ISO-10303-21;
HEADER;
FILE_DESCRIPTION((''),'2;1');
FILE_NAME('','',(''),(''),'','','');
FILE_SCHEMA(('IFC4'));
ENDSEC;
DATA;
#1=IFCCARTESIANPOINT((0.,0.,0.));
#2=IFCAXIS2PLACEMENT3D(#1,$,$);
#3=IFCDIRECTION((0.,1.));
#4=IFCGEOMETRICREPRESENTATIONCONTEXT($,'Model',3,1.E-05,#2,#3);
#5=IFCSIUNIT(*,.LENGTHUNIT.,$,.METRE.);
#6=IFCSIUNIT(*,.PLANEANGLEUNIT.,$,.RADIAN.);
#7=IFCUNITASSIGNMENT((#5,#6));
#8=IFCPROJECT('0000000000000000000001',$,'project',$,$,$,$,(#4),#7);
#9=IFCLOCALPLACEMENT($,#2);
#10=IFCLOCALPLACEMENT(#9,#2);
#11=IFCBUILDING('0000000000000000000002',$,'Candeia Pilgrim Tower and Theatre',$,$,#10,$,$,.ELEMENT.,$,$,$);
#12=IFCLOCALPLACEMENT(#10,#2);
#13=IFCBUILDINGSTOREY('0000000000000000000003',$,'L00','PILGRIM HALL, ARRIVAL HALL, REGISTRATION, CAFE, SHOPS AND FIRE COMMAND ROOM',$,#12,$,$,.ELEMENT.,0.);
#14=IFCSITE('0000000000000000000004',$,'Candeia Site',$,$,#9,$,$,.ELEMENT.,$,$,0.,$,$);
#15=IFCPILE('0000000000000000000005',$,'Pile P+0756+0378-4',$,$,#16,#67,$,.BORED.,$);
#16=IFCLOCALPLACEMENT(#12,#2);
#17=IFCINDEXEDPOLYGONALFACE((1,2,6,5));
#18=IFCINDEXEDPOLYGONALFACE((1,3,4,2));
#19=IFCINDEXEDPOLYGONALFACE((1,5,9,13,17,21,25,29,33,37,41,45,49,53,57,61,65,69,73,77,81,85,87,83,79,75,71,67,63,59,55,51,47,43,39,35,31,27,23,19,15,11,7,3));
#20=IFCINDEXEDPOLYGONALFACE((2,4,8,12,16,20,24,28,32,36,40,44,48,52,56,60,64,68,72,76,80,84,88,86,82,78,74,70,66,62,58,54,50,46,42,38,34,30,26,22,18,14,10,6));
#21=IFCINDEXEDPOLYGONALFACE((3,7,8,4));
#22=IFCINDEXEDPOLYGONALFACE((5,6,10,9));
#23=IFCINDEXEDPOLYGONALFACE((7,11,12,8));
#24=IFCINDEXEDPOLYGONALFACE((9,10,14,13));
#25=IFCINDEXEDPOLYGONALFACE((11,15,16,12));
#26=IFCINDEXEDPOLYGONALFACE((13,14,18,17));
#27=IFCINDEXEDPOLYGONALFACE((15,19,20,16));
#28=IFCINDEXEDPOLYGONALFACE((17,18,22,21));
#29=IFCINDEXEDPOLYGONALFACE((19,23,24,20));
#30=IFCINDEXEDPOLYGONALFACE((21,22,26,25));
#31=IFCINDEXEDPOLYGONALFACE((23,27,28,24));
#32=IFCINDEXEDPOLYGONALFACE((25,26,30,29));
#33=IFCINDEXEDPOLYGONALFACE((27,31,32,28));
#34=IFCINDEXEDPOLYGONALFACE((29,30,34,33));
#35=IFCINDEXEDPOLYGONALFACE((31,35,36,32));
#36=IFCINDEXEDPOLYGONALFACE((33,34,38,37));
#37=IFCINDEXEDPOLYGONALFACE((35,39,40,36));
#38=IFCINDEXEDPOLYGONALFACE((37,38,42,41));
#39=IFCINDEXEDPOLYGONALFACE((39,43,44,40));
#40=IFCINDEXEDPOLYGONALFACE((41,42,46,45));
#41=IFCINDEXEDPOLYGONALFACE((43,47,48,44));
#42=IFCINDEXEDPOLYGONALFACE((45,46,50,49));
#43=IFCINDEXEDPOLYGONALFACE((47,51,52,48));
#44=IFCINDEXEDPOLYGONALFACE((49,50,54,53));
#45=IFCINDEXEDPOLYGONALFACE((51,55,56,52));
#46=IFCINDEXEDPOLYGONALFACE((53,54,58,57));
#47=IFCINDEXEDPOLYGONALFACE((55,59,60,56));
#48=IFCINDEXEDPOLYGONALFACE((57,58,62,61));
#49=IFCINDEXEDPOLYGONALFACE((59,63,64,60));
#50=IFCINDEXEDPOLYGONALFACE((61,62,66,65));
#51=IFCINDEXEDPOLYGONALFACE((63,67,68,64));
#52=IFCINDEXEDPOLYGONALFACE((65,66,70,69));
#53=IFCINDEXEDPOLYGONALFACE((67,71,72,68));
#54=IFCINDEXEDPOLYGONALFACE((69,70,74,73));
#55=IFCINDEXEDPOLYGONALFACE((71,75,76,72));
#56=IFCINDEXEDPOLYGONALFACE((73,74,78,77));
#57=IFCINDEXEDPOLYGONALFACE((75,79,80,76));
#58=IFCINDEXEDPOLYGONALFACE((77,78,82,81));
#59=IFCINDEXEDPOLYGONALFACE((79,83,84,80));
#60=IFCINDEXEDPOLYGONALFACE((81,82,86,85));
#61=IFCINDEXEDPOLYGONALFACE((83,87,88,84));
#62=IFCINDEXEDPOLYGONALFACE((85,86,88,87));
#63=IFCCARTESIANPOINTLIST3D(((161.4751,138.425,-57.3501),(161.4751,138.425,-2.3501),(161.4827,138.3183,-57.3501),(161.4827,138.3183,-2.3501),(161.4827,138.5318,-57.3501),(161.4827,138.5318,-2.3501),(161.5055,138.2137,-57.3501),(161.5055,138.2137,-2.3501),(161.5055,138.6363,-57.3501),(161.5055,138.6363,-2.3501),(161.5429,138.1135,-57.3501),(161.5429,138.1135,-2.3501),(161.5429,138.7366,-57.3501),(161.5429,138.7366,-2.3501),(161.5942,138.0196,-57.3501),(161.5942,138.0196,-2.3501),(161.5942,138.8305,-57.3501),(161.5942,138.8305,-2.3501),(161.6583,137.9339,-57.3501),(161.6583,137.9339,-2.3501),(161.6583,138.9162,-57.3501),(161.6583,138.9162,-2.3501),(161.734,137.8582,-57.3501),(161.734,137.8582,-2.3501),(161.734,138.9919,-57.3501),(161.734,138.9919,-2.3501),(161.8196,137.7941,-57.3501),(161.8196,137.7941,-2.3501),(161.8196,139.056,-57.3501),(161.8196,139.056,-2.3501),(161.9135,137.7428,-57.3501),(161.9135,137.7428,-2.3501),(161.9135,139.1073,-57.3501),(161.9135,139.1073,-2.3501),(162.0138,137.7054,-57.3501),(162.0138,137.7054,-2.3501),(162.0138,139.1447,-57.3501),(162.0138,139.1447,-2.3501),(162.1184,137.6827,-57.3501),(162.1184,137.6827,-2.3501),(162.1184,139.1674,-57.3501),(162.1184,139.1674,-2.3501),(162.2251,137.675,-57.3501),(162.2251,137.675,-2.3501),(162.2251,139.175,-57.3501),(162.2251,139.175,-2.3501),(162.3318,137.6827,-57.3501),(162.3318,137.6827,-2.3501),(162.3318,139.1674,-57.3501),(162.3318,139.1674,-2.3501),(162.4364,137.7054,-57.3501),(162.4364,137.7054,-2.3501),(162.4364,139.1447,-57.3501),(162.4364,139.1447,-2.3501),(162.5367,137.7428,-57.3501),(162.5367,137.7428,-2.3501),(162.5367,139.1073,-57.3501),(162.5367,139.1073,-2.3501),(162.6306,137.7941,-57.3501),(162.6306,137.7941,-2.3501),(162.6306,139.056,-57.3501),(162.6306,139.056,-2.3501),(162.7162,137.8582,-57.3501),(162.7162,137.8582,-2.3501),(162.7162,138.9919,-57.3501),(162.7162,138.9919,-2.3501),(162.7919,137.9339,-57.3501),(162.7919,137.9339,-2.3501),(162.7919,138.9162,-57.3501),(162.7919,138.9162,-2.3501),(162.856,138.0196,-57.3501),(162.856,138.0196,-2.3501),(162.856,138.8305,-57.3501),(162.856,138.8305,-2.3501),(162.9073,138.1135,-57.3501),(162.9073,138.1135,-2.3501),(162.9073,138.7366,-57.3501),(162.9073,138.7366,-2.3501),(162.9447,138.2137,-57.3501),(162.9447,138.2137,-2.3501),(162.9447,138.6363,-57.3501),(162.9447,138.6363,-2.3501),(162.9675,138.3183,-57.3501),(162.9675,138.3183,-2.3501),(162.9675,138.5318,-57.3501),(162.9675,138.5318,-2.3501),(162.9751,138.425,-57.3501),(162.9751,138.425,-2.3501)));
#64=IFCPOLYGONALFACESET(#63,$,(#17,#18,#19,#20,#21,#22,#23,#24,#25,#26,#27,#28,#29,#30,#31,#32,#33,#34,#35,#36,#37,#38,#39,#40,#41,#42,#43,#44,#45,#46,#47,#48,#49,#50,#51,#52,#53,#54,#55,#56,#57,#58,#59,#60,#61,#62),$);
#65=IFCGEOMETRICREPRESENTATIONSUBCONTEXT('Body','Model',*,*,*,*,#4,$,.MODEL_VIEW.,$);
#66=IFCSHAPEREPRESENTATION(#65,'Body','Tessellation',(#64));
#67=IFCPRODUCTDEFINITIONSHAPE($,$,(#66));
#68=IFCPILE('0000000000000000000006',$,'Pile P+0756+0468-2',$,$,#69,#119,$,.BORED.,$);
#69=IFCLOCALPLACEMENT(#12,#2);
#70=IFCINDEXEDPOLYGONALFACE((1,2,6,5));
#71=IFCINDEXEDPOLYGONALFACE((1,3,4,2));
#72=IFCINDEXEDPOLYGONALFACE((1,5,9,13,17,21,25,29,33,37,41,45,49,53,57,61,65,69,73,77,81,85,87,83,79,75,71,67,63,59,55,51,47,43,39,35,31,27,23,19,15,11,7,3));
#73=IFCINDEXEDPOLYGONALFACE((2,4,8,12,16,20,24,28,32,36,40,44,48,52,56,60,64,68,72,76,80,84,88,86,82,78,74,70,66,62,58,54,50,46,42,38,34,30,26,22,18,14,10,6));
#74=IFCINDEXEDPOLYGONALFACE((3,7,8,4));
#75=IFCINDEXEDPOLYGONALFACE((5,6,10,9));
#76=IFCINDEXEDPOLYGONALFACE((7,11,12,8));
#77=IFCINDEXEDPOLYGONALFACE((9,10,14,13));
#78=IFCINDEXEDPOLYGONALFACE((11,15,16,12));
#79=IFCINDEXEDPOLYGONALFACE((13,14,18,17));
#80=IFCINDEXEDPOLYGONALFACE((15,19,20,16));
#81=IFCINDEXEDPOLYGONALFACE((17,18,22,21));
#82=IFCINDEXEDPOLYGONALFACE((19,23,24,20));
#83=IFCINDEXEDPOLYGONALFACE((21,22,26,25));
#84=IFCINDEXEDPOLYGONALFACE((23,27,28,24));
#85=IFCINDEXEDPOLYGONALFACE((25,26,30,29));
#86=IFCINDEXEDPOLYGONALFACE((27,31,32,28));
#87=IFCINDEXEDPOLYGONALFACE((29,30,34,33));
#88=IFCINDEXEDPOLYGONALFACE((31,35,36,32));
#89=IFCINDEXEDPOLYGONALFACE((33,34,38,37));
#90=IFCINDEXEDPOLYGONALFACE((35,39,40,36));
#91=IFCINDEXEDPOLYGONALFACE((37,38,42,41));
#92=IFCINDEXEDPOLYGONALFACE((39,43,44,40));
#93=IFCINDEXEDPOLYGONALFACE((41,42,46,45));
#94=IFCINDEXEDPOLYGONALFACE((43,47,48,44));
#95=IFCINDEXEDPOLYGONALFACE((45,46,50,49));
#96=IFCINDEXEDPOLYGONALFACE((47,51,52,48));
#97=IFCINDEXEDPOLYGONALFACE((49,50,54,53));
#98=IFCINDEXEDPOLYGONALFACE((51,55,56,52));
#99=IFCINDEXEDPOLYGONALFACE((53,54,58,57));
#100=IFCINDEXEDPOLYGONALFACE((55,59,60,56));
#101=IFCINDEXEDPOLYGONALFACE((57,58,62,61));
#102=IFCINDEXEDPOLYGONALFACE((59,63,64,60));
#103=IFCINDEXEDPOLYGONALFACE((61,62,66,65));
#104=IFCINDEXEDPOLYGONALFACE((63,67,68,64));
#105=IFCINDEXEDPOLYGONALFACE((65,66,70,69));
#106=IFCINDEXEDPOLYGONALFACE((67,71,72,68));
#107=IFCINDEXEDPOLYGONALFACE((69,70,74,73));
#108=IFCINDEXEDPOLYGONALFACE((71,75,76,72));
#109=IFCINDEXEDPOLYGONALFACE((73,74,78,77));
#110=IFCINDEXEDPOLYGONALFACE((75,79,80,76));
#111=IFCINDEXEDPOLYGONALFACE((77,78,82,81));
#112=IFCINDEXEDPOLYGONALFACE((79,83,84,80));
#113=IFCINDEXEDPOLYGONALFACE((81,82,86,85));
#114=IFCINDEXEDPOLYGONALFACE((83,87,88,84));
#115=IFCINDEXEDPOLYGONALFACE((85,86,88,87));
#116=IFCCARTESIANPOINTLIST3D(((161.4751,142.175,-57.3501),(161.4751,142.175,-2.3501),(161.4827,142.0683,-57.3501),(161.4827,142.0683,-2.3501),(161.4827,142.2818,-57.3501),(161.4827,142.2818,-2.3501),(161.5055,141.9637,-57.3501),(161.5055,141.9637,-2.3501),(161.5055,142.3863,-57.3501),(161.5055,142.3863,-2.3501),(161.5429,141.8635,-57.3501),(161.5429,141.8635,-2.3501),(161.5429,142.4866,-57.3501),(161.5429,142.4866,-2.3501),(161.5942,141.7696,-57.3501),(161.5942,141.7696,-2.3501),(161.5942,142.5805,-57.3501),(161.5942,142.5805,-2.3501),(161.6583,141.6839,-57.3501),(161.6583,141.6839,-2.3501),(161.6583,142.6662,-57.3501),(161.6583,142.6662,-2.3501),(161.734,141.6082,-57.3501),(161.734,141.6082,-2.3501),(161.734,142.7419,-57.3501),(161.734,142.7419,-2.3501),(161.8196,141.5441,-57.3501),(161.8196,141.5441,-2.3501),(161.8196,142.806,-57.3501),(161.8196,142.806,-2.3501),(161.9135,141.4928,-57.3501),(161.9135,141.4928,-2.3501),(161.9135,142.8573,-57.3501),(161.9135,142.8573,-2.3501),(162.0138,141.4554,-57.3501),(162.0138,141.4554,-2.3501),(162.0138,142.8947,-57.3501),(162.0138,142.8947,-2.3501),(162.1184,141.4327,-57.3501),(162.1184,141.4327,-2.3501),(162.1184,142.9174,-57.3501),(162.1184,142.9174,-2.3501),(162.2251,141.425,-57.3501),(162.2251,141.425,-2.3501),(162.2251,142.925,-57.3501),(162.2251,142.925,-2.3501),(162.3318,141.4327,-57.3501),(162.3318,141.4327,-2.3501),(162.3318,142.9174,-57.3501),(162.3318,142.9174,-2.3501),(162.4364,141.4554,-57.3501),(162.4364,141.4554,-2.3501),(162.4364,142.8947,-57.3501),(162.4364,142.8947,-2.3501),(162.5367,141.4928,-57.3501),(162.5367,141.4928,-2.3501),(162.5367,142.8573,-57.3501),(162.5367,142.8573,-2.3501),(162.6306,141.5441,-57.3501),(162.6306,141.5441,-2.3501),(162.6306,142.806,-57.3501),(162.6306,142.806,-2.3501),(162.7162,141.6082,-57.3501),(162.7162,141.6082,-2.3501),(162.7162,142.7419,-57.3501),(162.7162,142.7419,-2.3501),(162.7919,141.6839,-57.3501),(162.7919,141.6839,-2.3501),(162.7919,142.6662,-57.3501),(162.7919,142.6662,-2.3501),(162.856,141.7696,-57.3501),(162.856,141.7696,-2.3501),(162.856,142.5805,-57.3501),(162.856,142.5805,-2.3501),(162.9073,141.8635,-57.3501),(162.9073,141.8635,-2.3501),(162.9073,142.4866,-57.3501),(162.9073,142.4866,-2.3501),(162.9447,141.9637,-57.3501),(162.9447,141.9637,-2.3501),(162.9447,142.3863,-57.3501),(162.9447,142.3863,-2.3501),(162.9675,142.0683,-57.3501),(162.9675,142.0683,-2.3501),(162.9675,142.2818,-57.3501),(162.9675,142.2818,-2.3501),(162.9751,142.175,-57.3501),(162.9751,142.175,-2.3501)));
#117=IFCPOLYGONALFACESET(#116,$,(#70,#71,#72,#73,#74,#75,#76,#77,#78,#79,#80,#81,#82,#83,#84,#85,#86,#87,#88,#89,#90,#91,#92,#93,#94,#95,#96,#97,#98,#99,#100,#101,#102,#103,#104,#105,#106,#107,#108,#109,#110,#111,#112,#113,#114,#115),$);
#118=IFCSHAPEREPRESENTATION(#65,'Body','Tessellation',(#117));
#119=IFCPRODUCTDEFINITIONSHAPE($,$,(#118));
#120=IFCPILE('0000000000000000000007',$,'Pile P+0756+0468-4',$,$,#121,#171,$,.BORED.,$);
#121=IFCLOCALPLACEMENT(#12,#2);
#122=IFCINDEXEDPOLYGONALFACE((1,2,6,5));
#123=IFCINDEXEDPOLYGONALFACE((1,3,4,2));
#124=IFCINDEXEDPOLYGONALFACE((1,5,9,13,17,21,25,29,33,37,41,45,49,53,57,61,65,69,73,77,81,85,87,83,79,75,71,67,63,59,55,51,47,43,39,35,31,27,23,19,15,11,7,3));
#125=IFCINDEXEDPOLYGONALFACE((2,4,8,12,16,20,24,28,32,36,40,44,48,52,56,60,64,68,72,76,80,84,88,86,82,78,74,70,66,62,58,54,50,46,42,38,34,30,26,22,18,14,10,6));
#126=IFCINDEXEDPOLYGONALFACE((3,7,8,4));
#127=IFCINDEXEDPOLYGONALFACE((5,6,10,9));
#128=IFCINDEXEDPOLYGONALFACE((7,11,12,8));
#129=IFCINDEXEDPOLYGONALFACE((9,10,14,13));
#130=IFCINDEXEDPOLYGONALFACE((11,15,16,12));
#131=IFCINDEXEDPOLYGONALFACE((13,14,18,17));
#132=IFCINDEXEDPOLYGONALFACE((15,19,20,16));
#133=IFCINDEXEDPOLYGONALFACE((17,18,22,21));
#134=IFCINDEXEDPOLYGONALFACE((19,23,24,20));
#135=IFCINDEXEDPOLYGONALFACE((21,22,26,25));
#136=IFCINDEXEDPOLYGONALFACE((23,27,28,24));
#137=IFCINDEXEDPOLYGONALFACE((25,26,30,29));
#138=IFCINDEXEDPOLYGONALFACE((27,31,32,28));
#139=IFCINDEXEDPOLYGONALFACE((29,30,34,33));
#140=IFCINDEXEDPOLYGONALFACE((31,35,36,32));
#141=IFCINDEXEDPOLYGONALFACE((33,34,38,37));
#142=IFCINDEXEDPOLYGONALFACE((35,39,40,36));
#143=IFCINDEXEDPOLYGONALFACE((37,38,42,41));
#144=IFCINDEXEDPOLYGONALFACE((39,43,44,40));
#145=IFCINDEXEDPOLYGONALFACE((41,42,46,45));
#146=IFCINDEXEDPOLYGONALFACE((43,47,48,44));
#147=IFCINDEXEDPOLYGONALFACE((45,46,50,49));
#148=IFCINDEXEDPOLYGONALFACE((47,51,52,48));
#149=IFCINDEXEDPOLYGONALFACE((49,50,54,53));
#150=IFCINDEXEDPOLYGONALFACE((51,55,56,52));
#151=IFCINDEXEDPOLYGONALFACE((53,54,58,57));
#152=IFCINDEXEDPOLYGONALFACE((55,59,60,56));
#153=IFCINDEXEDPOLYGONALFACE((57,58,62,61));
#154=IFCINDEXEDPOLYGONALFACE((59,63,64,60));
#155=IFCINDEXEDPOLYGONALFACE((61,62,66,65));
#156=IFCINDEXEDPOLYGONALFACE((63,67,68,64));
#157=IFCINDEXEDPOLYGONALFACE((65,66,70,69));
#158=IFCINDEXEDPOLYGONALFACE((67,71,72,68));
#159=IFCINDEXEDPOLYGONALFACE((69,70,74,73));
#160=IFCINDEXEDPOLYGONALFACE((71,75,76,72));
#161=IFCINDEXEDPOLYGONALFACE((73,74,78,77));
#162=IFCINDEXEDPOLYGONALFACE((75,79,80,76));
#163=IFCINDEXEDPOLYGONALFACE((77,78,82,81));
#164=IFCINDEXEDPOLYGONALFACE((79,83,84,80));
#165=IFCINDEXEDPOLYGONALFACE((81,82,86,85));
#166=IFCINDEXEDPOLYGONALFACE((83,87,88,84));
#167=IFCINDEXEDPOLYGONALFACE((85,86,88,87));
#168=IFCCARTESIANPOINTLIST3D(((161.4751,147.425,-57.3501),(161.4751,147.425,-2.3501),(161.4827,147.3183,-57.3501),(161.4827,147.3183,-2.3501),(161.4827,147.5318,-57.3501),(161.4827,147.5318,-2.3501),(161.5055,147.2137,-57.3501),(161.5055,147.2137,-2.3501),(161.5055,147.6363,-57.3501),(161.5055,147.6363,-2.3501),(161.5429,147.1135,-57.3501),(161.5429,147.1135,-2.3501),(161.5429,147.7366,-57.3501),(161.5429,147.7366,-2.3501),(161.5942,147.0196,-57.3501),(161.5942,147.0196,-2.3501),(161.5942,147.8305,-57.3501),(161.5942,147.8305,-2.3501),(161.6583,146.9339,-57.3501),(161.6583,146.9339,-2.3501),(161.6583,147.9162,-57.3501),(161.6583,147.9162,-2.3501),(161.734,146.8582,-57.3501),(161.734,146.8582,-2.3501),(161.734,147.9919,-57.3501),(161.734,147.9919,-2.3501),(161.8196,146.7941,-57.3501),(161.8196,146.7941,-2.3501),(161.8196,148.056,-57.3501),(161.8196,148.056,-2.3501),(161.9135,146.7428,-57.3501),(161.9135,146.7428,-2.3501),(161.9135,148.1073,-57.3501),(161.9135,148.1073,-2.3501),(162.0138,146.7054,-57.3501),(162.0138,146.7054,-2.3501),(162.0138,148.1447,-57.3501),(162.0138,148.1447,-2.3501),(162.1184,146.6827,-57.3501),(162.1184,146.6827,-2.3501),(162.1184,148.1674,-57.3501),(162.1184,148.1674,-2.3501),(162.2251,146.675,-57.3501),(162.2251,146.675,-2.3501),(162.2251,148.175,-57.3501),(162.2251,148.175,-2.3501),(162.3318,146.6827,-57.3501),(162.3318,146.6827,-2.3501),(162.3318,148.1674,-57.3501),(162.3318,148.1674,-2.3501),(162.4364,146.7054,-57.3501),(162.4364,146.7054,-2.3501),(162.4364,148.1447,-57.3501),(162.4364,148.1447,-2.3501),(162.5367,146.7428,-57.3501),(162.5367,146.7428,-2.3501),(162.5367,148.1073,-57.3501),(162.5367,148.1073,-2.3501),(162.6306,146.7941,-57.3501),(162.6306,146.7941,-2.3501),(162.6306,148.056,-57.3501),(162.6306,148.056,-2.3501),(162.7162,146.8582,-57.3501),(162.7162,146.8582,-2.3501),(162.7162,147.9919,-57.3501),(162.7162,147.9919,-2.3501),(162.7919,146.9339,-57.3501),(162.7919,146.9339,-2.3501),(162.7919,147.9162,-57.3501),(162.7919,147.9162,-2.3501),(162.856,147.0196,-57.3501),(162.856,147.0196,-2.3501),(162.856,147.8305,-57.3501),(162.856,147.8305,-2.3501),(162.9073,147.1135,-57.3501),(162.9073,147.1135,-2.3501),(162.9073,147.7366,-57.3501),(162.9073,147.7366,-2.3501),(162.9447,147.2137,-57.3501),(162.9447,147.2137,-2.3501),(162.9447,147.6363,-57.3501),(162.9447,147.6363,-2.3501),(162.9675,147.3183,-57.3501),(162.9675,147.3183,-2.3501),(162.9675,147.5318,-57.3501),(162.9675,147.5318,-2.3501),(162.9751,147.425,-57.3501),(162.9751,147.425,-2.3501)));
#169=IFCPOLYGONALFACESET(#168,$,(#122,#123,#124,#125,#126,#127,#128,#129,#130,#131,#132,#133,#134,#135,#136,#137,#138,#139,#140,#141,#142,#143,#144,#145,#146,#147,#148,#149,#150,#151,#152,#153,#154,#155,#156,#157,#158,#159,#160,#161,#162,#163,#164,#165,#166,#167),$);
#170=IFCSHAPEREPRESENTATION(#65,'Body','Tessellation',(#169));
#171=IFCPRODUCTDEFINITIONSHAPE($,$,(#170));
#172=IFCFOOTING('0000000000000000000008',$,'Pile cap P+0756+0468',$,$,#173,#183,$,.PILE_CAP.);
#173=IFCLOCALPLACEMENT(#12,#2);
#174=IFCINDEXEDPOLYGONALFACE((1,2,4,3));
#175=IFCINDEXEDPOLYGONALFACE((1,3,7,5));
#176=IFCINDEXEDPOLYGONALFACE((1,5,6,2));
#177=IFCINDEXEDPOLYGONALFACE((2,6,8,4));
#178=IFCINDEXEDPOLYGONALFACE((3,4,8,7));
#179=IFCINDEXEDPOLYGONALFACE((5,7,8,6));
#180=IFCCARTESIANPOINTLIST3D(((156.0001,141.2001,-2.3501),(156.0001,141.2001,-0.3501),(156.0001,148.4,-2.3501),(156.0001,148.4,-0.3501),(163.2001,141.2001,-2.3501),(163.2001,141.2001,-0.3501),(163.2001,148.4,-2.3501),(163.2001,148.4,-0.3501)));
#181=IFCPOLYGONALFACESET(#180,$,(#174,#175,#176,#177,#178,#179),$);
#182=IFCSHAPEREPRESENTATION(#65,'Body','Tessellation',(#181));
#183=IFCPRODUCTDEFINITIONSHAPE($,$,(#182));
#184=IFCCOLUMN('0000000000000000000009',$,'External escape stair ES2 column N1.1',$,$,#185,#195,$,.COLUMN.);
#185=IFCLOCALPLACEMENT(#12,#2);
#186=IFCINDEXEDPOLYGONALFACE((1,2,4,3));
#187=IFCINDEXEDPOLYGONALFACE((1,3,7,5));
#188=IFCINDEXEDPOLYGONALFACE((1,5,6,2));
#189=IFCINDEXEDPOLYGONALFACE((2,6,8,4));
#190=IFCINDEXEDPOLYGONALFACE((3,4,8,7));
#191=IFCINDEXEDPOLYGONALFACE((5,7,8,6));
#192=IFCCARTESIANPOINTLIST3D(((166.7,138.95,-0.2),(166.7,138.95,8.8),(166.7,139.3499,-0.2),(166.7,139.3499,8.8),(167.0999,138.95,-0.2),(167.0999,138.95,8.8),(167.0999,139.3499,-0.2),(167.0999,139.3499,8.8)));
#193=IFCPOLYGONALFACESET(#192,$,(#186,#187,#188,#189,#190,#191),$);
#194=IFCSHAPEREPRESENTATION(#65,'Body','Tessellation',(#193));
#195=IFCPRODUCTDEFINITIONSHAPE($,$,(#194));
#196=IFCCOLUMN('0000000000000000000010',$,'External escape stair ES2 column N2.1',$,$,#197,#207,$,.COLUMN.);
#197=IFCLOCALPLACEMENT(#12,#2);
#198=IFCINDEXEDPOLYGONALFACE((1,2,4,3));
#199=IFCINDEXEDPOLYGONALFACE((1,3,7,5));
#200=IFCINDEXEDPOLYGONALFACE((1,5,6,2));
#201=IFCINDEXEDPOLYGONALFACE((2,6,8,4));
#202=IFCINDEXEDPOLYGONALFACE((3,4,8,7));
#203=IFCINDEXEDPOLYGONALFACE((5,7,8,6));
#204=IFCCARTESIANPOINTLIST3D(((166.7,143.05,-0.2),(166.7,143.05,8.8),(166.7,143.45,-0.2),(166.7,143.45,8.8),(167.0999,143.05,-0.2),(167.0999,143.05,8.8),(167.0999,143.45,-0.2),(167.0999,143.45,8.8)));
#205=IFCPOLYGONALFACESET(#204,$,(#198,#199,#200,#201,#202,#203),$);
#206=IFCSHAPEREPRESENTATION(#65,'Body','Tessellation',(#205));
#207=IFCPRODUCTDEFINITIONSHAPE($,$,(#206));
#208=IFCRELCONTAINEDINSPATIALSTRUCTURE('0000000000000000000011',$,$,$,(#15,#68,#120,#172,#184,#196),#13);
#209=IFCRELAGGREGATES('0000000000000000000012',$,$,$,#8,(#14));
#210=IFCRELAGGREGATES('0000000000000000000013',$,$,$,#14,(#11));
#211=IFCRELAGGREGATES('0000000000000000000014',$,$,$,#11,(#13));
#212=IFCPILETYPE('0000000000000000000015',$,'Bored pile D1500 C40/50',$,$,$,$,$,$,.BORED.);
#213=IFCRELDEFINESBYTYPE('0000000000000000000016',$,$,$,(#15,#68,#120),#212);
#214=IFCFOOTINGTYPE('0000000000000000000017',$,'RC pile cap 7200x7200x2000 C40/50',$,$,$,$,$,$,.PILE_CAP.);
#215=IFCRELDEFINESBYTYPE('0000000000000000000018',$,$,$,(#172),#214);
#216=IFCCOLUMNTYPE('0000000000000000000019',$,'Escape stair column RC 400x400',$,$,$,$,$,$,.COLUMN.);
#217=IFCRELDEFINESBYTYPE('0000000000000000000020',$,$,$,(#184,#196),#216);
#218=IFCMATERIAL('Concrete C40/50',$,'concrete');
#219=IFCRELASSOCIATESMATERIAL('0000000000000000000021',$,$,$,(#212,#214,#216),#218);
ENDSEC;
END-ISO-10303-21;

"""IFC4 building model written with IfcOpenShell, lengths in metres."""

from ifc_helpers import new_model, si_unit, direction, frame, origin, origin_2d, place, context, subcontext, project, spatial, rectangle, circle, extrude, material, material_profile, profile_set, type_object, element, save


model = new_model("IFC4")

# Units and contexts
model_context = context("Model", 3, precision=1e-05, world=origin(), true_north=direction((0.0, 1.0)))
body_context = subcontext(model_context, "Body", "Model", "MODEL_VIEW")
ifc_project = project(units=[si_unit("LENGTHUNIT", "METRE"), si_unit("PLANEANGLEUNIT", "RADIAN")], contexts=[model_context])

# Site, building, storey
site_placement = place(None, origin())
site = spatial("IfcSite", under=ifc_project, at=site_placement, Name="Candeia Site", CompositionType="ELEMENT", RefElevation=0.0)
building_placement = place(site_placement, origin())
building = spatial("IfcBuilding", under=site, at=building_placement, Name="Candeia Pilgrim Tower and Theatre", CompositionType="ELEMENT")
storey_placement = place(building_placement, origin())
storey = spatial("IfcBuildingStorey", under=building, at=storey_placement, Name="L00", Description="PILGRIM HALL, ARRIVAL HALL, REGISTRATION, CAFE, SHOPS AND FIRE COMMAND ROOM", CompositionType="ELEMENT", Elevation=0.0)

# Piles
ifc_material_1 = material(Name="Concrete C40/50", Category="concrete")
ifc_material_profile_1 = material_profile(ifc_material_1, circle(Radius=0.75, at=origin_2d()))
ifc_profile_set_1 = profile_set([ifc_material_profile_1], Name="Concrete C40/50")
pile_type = type_object("IfcPileType", Name="Bored pile D1500 C40/50", PredefinedType="BORED", material=ifc_profile_set_1)
for number, where, z_axis, x_axis, name in (
    (1, (162.2251, 138.425, -2.3501), (0.0, 0.0, -1.0), (1.0, 0.0, 0.0), "Pile P+0756+0378-4"),
    (2, (162.2251, 142.175, -2.3501), (0.0, 0.0, -1.0), (1.0, 0.0, 0.0), "Pile P+0756+0468-2"),
    (3, (162.2251, 147.425, -2.3501), (0.0, 0.0, -1.0), (1.0, 0.0, 0.0), "Pile P+0756+0468-4"),
):
    element("IfcPile", number, at=place(storey_placement, frame(where, z_axis=z_axis, x_axis=x_axis)), inside=storey, type_object=pile_type, Name=name, PredefinedType="BORED", context=body_context, shape_type="SweptSolid", body=[
        extrude(circle(Radius=0.75, at=origin_2d()), origin(), (0.0, 0.0, 1.0), 55.0),
    ])

# Footing
footing_type = type_object("IfcFootingType", Name="RC pile cap 7200x7200x2000 C40/50", PredefinedType="PILE_CAP", material=ifc_material_1)
footing_placement = place(storey_placement, frame((159.6001, 144.8, -2.3501), z_axis=(0.0, 0.0, 1.0), x_axis=(1.0, 0.0, 0.0)))
element("IfcFooting", 4, at=footing_placement, inside=storey, type_object=footing_type, Name="Pile cap P+0756+0468", PredefinedType="PILE_CAP", context=body_context, shape_type="SweptSolid", body=[
    extrude(rectangle(XDim=7.2, YDim=7.2, at=origin_2d()), origin(), (0.0, 0.0, 1.0), 2.0),
])

# Columns
ifc_material_profile_2 = material_profile(ifc_material_1, rectangle(XDim=0.3999, YDim=0.3999, at=origin_2d()))
ifc_profile_set_2 = profile_set([ifc_material_profile_2], Name="Concrete C40/50")
column_type_1 = type_object("IfcColumnType", Name="Escape stair column RC 400x400", PredefinedType="COLUMN", material=ifc_profile_set_2)
for number, where, z_axis, x_axis, name in (
    (5, (166.8999, 139.1499, -0.2), (0.0, 0.0, 1.0), (1.0, 0.0, 0.0), "External escape stair ES2 column N1.1"),
    (6, (166.8999, 143.25, -0.2), (0.0, 0.0, 1.0), (1.0, 0.0, 0.0), "External escape stair ES2 column N2.1"),
):
    element("IfcColumn", number, at=place(storey_placement, frame(where, z_axis=z_axis, x_axis=x_axis)), inside=storey, type_object=column_type_1, Name=name, PredefinedType="COLUMN", context=body_context, shape_type="SweptSolid", body=[
        extrude(rectangle(XDim=0.3999, YDim=0.3999, at=origin_2d()), origin(), (0.0, 0.0, 1.0), 9.0),
    ])

save(model, "model.ifc")
